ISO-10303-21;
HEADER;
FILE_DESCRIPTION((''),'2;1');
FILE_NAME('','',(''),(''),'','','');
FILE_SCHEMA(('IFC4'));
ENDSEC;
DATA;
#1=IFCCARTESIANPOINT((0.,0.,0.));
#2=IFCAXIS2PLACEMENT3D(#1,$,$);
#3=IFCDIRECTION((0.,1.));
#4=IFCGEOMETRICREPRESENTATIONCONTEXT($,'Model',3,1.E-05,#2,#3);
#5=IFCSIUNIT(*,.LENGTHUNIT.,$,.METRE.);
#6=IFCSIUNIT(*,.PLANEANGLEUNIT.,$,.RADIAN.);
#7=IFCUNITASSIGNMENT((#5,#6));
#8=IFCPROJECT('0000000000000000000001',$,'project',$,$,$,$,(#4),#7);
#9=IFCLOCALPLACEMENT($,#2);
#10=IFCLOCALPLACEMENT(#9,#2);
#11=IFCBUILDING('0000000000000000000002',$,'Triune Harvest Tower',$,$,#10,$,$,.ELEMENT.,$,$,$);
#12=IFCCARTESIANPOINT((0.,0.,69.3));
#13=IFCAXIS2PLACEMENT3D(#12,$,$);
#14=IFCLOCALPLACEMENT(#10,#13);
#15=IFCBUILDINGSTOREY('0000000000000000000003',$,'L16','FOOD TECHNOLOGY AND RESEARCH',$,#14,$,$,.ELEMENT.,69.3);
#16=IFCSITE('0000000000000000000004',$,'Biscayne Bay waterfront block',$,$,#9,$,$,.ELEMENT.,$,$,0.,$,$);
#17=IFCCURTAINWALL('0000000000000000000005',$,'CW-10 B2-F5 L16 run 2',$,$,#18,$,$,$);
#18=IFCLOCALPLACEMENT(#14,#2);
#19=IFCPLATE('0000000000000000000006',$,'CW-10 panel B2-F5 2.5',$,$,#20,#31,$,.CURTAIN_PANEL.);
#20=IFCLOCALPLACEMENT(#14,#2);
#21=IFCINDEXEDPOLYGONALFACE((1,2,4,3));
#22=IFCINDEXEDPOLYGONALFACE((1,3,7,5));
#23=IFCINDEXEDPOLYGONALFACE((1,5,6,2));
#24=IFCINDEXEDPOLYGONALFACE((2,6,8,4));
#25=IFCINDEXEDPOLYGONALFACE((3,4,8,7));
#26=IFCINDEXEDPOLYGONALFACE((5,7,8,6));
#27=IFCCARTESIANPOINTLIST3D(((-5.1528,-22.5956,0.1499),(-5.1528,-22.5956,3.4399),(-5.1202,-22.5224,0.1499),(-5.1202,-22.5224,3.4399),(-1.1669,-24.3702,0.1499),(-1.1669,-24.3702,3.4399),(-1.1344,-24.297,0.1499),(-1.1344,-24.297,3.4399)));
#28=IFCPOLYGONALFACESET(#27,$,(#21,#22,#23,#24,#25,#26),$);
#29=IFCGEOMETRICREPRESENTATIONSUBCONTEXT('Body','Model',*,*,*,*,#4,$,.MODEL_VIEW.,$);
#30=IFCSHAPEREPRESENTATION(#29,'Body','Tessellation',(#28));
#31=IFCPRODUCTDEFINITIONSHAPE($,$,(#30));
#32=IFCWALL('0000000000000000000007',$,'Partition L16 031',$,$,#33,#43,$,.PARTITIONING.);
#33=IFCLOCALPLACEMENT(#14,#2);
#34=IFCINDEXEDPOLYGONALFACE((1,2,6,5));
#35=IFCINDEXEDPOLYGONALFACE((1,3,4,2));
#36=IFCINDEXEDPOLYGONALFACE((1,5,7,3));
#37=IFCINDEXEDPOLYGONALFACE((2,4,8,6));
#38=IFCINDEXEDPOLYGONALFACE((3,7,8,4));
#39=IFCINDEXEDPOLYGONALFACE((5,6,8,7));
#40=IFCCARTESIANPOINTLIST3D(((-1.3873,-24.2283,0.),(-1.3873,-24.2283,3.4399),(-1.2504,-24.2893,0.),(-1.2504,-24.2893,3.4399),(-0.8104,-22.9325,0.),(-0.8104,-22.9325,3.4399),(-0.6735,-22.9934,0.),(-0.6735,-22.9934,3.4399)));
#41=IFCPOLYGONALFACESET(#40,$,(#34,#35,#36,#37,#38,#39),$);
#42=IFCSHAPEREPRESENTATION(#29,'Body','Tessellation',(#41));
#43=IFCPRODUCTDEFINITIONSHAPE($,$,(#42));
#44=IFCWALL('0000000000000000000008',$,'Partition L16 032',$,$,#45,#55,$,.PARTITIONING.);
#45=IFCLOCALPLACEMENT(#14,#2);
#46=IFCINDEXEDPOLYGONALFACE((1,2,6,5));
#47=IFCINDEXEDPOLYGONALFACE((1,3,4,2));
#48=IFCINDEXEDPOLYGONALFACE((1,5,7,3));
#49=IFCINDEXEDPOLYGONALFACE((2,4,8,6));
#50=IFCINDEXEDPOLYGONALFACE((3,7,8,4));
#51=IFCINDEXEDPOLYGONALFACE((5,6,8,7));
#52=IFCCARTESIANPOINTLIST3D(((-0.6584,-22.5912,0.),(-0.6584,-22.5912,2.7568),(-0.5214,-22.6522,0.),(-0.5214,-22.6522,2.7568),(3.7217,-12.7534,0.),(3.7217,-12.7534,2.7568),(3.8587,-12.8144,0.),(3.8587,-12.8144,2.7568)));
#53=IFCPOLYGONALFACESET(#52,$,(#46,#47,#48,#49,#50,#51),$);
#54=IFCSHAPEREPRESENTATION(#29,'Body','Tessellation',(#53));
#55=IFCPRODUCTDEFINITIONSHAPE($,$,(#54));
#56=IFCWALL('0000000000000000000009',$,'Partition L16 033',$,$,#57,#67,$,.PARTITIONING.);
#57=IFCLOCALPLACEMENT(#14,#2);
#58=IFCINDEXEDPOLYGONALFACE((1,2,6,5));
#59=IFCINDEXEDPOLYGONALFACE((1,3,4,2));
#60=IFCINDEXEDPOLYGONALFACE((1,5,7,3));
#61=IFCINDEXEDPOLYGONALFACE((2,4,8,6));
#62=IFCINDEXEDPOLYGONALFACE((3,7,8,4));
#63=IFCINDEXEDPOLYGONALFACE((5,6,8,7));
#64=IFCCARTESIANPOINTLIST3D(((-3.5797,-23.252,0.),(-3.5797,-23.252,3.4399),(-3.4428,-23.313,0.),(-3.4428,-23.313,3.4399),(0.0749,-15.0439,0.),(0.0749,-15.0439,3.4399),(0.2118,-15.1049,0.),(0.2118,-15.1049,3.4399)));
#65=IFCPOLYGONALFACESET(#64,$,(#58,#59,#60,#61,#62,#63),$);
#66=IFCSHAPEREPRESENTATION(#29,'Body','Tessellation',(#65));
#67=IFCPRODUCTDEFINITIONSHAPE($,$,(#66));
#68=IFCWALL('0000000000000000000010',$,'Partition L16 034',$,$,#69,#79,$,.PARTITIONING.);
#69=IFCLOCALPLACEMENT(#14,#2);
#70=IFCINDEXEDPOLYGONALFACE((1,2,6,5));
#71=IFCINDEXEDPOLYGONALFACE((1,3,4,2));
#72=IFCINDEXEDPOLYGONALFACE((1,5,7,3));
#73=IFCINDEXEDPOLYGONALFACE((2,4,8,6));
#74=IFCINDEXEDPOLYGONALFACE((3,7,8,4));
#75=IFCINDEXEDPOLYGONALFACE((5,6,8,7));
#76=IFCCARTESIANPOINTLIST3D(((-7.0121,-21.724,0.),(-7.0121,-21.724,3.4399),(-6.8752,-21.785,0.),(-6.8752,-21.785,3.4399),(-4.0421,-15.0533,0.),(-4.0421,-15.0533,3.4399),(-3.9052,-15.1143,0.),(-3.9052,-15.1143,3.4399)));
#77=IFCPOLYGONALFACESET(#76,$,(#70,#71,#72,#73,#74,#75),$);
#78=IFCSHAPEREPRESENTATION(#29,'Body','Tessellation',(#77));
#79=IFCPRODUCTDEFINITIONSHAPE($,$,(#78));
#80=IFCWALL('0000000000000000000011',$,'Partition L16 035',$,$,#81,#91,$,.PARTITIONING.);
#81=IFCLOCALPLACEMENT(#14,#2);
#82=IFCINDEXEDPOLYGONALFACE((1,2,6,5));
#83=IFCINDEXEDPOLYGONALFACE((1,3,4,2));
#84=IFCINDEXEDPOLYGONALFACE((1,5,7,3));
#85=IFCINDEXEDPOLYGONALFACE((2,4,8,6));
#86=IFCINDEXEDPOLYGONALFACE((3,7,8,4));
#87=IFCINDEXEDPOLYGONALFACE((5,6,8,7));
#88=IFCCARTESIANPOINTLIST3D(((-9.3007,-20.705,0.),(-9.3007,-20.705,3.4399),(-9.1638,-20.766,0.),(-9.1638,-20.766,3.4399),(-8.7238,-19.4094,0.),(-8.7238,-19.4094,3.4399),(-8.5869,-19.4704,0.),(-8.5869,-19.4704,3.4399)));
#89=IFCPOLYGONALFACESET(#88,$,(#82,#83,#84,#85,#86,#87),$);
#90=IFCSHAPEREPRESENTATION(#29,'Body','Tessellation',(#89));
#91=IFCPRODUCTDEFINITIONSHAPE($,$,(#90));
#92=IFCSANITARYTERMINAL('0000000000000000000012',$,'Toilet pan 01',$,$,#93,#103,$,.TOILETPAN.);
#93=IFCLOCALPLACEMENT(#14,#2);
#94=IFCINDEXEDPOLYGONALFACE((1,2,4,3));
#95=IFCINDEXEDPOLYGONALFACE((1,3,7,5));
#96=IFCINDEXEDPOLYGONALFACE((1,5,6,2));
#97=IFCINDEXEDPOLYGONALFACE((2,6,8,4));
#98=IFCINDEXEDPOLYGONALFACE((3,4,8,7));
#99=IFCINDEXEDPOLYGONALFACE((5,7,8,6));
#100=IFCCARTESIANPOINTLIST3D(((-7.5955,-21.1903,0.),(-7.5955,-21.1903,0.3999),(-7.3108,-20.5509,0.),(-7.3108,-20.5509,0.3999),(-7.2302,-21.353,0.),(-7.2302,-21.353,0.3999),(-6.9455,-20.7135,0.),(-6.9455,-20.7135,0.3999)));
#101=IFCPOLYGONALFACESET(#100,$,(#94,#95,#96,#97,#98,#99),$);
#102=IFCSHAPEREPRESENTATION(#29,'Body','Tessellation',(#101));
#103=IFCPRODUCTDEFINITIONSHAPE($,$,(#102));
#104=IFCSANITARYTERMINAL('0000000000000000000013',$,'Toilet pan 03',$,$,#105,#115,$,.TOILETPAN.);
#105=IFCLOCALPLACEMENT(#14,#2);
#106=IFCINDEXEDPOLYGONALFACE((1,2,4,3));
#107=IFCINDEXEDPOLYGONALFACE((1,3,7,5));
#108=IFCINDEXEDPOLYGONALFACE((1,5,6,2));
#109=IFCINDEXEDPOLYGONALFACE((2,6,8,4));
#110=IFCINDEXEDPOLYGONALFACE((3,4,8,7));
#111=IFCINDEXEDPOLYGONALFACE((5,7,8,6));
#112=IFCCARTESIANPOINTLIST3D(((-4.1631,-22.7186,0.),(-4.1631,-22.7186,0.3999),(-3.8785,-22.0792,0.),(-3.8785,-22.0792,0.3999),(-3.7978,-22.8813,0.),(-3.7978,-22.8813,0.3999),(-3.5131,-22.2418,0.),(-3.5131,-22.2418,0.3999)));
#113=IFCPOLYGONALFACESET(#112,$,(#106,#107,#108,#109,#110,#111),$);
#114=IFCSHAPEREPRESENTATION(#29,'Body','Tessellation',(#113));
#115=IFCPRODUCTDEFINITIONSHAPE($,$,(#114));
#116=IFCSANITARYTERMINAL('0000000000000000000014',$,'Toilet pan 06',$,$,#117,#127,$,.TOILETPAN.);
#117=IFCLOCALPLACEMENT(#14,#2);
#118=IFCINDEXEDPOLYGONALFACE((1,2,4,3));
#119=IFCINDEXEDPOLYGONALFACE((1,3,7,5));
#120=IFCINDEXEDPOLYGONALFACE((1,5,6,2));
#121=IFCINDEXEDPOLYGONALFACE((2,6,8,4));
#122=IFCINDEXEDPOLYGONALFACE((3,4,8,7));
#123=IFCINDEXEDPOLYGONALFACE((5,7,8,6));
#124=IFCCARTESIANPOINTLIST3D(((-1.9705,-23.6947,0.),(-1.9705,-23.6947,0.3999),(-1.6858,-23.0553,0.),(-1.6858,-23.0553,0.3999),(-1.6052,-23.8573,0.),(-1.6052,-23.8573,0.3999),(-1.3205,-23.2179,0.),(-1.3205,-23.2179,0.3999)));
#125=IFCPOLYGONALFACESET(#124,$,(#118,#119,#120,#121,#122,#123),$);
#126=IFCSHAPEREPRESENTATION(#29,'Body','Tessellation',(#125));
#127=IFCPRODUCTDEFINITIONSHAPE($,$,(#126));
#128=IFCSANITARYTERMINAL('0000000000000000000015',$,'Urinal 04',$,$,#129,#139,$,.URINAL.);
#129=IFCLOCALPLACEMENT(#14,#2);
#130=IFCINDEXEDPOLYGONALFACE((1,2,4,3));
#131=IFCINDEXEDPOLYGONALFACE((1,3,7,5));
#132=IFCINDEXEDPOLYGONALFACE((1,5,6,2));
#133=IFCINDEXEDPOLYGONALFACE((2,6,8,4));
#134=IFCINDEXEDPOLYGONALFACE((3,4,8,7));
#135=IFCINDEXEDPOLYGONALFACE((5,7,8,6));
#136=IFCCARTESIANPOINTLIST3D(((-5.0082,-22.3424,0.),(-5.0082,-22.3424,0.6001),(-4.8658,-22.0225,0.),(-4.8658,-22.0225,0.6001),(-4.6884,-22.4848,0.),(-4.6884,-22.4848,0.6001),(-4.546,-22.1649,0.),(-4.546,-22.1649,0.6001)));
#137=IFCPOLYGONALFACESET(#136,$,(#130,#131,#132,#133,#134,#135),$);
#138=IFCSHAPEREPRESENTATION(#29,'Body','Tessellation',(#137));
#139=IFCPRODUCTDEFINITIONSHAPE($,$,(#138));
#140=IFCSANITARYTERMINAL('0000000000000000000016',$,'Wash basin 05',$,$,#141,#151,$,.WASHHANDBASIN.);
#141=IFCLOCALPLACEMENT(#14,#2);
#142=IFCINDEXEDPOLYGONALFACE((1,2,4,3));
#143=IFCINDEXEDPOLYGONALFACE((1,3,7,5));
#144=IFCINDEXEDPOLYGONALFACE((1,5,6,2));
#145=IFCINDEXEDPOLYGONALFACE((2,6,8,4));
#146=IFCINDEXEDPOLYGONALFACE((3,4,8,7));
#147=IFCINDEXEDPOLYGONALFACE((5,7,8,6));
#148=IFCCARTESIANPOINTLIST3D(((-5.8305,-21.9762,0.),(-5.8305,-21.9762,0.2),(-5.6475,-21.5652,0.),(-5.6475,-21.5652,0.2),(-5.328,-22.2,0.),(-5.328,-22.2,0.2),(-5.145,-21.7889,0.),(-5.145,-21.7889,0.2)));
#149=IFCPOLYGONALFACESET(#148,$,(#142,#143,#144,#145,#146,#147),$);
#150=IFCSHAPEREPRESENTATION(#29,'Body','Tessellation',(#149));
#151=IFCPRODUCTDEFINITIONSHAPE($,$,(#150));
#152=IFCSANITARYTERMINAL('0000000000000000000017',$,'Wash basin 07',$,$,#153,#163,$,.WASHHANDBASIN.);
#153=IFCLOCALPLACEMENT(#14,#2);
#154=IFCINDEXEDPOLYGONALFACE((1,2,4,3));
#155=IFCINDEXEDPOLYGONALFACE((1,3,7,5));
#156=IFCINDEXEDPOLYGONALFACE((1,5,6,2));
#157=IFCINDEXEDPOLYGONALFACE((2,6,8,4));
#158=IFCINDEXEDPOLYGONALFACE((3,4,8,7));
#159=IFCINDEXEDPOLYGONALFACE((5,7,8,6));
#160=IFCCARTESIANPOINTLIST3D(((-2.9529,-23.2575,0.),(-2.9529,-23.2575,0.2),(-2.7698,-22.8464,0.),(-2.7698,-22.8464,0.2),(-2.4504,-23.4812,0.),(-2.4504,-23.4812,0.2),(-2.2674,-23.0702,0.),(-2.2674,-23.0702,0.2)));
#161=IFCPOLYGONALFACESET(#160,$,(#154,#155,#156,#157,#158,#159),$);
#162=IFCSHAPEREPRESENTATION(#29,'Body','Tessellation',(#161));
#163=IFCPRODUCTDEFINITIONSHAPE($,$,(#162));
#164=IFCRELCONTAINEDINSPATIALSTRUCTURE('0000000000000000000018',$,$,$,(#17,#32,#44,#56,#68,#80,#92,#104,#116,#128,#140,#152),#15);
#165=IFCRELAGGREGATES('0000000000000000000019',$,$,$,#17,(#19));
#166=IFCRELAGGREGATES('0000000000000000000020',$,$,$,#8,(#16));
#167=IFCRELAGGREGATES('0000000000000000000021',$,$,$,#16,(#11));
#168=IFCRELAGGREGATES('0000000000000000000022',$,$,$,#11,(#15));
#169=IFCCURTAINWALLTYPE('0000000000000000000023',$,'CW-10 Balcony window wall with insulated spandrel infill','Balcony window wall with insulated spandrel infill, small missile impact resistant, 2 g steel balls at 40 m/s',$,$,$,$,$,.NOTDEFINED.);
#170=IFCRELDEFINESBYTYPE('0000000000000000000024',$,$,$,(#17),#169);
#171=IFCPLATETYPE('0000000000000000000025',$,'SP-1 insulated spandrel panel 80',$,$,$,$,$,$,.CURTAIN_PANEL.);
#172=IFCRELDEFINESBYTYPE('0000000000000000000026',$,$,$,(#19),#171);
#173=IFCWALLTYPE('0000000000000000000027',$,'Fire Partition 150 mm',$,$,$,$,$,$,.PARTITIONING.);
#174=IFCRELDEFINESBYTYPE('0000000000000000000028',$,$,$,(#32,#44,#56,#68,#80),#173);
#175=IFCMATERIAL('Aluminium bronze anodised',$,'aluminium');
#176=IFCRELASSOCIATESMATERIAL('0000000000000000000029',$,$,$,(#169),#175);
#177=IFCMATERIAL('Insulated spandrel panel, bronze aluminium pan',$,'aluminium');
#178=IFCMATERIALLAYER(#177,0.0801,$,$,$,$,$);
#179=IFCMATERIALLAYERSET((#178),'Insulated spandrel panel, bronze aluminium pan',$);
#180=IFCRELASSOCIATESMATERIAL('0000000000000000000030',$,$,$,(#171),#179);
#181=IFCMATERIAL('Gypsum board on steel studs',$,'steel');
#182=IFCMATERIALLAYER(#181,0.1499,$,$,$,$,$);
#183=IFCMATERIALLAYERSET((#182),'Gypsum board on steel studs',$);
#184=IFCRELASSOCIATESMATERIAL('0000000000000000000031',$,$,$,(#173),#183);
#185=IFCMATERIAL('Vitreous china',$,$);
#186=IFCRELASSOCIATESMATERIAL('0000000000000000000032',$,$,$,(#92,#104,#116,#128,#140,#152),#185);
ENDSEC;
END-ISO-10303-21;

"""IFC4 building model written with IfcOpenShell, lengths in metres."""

from ifc_helpers import new_model, si_unit, direction, frame, frame_2d, origin, origin_2d, place, context, subcontext, project, spatial, rectangle, extrude, source, transform, mapped, material, layer, layer_set, type_object, element, aggregate, save


model = new_model("IFC4")

# Units and contexts
model_context = context("Model", 3, precision=1e-05, world=origin(), true_north=direction((0.0, 1.0)))
body_context = subcontext(model_context, "Body", "Model", "MODEL_VIEW")
ifc_project = project(units=[si_unit("LENGTHUNIT", "METRE"), si_unit("PLANEANGLEUNIT", "RADIAN")], contexts=[model_context])

# Site, building, storey
site_placement = place(None, origin())
site = spatial("IfcSite", under=ifc_project, at=site_placement, Name="Biscayne Bay waterfront block", CompositionType="ELEMENT", RefElevation=0.0)
building_placement = place(site_placement, origin())
building = spatial("IfcBuilding", under=site, at=building_placement, Name="Triune Harvest Tower", CompositionType="ELEMENT")
storey_placement = place(building_placement, frame((0.0, 0.0, 69.3)))
storey = spatial("IfcBuildingStorey", under=building, at=storey_placement, Name="L16", Description="FOOD TECHNOLOGY AND RESEARCH", CompositionType="ELEMENT", Elevation=69.3)

# Curtain wall
ifc_material_1 = material(Name="Aluminium bronze anodised", Category="aluminium")
curtain_wall_type_1 = type_object("IfcCurtainWallType", Name="CW-10 Balcony window wall with insulated spandrel infill", Description="Balcony window wall with insulated spandrel infill, small missile impact resistant, 2 g steel balls at 40 m/s", PredefinedType="NOTDEFINED", material=ifc_material_1)
curtain_wall_1_placement = place(storey_placement, origin())
curtain_wall_1 = element("IfcCurtainWall", 1, at=curtain_wall_1_placement, inside=storey, type_object=curtain_wall_type_1, Name="CW-10 B2-F5 L16 run 2")

# Plate
ifc_material_2 = material(Name="Insulated spandrel panel, bronze aluminium pan", Category="aluminium")
ifc_layer_1 = layer(ifc_material_2, 0.0801)
ifc_layer_set_1 = layer_set([ifc_layer_1], Name="Insulated spandrel panel, bronze aluminium pan")
plate_type = type_object("IfcPlateType", Name="SP-1 insulated spandrel panel 80", PredefinedType="CURTAIN_PANEL", material=ifc_layer_set_1)
shared_shape_1 = source(origin(), body_context, "Body", "SweptSolid", [
    extrude(rectangle(XDim=4.363, YDim=0.0801, at=origin_2d()), origin(), (0.0, 0.0, 1.0), 3.29),
])
plate_1_placement = place(storey_placement, frame((-3.1436, -23.4463, 0.1499), z_axis=(0.0, 0.0, 1.0), x_axis=(0.913544, -0.406739, 0.0)))
plate_1 = element("IfcPlate", 2, at=plate_1_placement, type_object=plate_type, Name="CW-10 panel B2-F5 2.5", PredefinedType="CURTAIN_PANEL", context=body_context, shape_type="MappedRepresentation", body=[
    mapped(shared_shape_1, transform((0.0, 0.0, 0.0), scale=1.0)),
])
aggregate(curtain_wall_1, [plate_1])

# Walls
ifc_material_3 = material(Name="Gypsum board on steel studs", Category="steel")
ifc_layer_2 = layer(ifc_material_3, 0.1499)
ifc_layer_set_2 = layer_set([ifc_layer_2], Name="Gypsum board on steel studs")
wall_type = type_object("IfcWallType", Name="Fire Partition 150 mm", PredefinedType="PARTITIONING", material=ifc_layer_set_2)
shared_shape_2 = source(origin(), body_context, "Body", "SweptSolid", [
    extrude(rectangle(XDim=1.4185, YDim=0.1499, at=frame_2d((0.7092, 0.0))), origin(), (0.0, 0.0, 1.0), 3.4399),
])
wall_1_placement = place(storey_placement, frame((-1.3188, -24.2588, 0.0), z_axis=(0.0, 0.0, 1.0), x_axis=(0.406697, 0.913563, 0.0)))
element("IfcWall", 3, at=wall_1_placement, inside=storey, type_object=wall_type, Name="Partition L16 031", PredefinedType="PARTITIONING", context=body_context, shape_type="MappedRepresentation", body=[
    mapped(shared_shape_2, transform((0.0, 0.0, 0.0), scale=1.0)),
])
shared_shape_3 = source(origin(), body_context, "Body", "SweptSolid", [
    extrude(rectangle(XDim=10.7688, YDim=0.1499, at=frame_2d((5.3843, 0.0))), origin(), (0.0, 0.0, 1.0), 2.7568),
])
wall_2_placement = place(storey_placement, frame((-0.5898, -22.6216, 0.0), z_axis=(0.0, 0.0, 1.0), x_axis=(0.406738, 0.913545, 0.0)))
element("IfcWall", 4, at=wall_2_placement, inside=storey, type_object=wall_type, Name="Partition L16 032", PredefinedType="PARTITIONING", context=body_context, shape_type="MappedRepresentation", body=[
    mapped(shared_shape_3, transform((0.0, 0.0, 0.0), scale=1.0)),
])
shared_shape_4 = source(origin(), body_context, "Body", "SweptSolid", [
    extrude(rectangle(XDim=8.9849, YDim=0.1499, at=frame_2d((4.4924, 0.0))), origin(), (0.0, 0.0, 1.0), 3.4399),
])
wall_3_placement = place(storey_placement, frame((-3.5112, -23.2825, 0.0), z_axis=(0.0, 0.0, 1.0), x_axis=(0.406746, 0.913541, 0.0)))
element("IfcWall", 5, at=wall_3_placement, inside=storey, type_object=wall_type, Name="Partition L16 033", PredefinedType="PARTITIONING", context=body_context, shape_type="MappedRepresentation", body=[
    mapped(shared_shape_4, transform((0.0, 0.0, 0.0), scale=1.0)),
])
shared_shape_5 = source(origin(), body_context, "Body", "SweptSolid", [
    extrude(rectangle(XDim=7.302, YDim=0.1499, at=frame_2d((3.6509, 0.0))), origin(), (0.0, 0.0, 1.0), 3.4399),
])
wall_4_placement = place(storey_placement, frame((-6.9436, -21.7544, 0.0), z_axis=(0.0, 0.0, 1.0), x_axis=(0.406737, 0.913545, 0.0)))
element("IfcWall", 6, at=wall_4_placement, inside=storey, type_object=wall_type, Name="Partition L16 034", PredefinedType="PARTITIONING", context=body_context, shape_type="MappedRepresentation", body=[
    mapped(shared_shape_5, transform((0.0, 0.0, 0.0), scale=1.0)),
])
shared_shape_6 = source(origin(), body_context, "Body", "SweptSolid", [
    extrude(rectangle(XDim=1.4182, YDim=0.1499, at=frame_2d((0.709, 0.0))), origin(), (0.0, 0.0, 1.0), 3.4399),
])
wall_5_placement = place(storey_placement, frame((-9.2322, -20.7354, 0.0), z_axis=(0.0, 0.0, 1.0), x_axis=(0.406761, 0.913534, 0.0)))
element("IfcWall", 7, at=wall_5_placement, inside=storey, type_object=wall_type, Name="Partition L16 035", PredefinedType="PARTITIONING", context=body_context, shape_type="MappedRepresentation", body=[
    mapped(shared_shape_6, transform((0.0, 0.0, 0.0), scale=1.0)),
])

# Sanitary terminals
ifc_material_4 = material(Name="Vitreous china")
shared_shape_7 = source(origin(), body_context, "Body", "SweptSolid", [
    extrude(rectangle(XDim=0.3999, YDim=0.7, at=origin_2d()), origin(), (0.0, 0.0, 1.0), 0.3999),
])
for number, where, z_axis, x_axis, name in (
    (8, (-7.2705, -20.9519, 0.0), (0.0, 0.0, 1.0), (-0.913538, 0.406753, 0.0), "Toilet pan 01"),
    (9, (-3.8381, -22.4802, 0.0), (0.0, 0.0, 1.0), (-0.913553, 0.406721, 0.0), "Toilet pan 03"),
    (10, (-1.6455, -23.4563, 0.0), (0.0, 0.0, 1.0), (-0.913538, 0.406753, 0.0), "Toilet pan 06"),
):
    element("IfcSanitaryTerminal", number, at=place(storey_placement, frame(where, z_axis=z_axis, x_axis=x_axis)), inside=storey, material=ifc_material_4, Name=name, PredefinedType="TOILETPAN", context=body_context, shape_type="MappedRepresentation", body=[
        mapped(shared_shape_7, transform((0.0, 0.0, 0.0), scale=1.0)),
    ])
shared_shape_8 = source(origin(), body_context, "Body", "SweptSolid", [
    extrude(rectangle(XDim=0.3501, YDim=0.3501, at=origin_2d()), origin(), (0.0, 0.0, 1.0), 0.6001),
])
sanitary_terminal_placement = place(storey_placement, frame((-4.7771, -22.2537, 0.0), z_axis=(0.0, 0.0, 1.0), x_axis=(-0.913553, 0.406721, 0.0)))
element("IfcSanitaryTerminal", 11, at=sanitary_terminal_placement, inside=storey, material=ifc_material_4, Name="Urinal 04", PredefinedType="URINAL", context=body_context, shape_type="MappedRepresentation", body=[
    mapped(shared_shape_8, transform((0.0, 0.0, 0.0), scale=1.0)),
])
shared_shape_9 = source(origin(), body_context, "Body", "SweptSolid", [
    extrude(rectangle(XDim=0.55, YDim=0.45, at=origin_2d()), origin(), (0.0, 0.0, 1.0), 0.2),
])
for number, where, z_axis, x_axis, name in (
    (12, (-5.4878, -21.8826, 0.0), (0.0, 0.0, 1.0), (-0.913553, 0.406721, 0.0), "Wash basin 05"),
    (13, (-2.6101, -23.1638, 0.0), (0.0, 0.0, 1.0), (-0.913538, 0.406753, 0.0), "Wash basin 07"),
):
    element("IfcSanitaryTerminal", number, at=place(storey_placement, frame(where, z_axis=z_axis, x_axis=x_axis)), inside=storey, material=ifc_material_4, Name=name, PredefinedType="WASHHANDBASIN", context=body_context, shape_type="MappedRepresentation", body=[
        mapped(shared_shape_9, transform((0.0, 0.0, 0.0), scale=1.0)),
    ])

save(model, "model.ifc")
